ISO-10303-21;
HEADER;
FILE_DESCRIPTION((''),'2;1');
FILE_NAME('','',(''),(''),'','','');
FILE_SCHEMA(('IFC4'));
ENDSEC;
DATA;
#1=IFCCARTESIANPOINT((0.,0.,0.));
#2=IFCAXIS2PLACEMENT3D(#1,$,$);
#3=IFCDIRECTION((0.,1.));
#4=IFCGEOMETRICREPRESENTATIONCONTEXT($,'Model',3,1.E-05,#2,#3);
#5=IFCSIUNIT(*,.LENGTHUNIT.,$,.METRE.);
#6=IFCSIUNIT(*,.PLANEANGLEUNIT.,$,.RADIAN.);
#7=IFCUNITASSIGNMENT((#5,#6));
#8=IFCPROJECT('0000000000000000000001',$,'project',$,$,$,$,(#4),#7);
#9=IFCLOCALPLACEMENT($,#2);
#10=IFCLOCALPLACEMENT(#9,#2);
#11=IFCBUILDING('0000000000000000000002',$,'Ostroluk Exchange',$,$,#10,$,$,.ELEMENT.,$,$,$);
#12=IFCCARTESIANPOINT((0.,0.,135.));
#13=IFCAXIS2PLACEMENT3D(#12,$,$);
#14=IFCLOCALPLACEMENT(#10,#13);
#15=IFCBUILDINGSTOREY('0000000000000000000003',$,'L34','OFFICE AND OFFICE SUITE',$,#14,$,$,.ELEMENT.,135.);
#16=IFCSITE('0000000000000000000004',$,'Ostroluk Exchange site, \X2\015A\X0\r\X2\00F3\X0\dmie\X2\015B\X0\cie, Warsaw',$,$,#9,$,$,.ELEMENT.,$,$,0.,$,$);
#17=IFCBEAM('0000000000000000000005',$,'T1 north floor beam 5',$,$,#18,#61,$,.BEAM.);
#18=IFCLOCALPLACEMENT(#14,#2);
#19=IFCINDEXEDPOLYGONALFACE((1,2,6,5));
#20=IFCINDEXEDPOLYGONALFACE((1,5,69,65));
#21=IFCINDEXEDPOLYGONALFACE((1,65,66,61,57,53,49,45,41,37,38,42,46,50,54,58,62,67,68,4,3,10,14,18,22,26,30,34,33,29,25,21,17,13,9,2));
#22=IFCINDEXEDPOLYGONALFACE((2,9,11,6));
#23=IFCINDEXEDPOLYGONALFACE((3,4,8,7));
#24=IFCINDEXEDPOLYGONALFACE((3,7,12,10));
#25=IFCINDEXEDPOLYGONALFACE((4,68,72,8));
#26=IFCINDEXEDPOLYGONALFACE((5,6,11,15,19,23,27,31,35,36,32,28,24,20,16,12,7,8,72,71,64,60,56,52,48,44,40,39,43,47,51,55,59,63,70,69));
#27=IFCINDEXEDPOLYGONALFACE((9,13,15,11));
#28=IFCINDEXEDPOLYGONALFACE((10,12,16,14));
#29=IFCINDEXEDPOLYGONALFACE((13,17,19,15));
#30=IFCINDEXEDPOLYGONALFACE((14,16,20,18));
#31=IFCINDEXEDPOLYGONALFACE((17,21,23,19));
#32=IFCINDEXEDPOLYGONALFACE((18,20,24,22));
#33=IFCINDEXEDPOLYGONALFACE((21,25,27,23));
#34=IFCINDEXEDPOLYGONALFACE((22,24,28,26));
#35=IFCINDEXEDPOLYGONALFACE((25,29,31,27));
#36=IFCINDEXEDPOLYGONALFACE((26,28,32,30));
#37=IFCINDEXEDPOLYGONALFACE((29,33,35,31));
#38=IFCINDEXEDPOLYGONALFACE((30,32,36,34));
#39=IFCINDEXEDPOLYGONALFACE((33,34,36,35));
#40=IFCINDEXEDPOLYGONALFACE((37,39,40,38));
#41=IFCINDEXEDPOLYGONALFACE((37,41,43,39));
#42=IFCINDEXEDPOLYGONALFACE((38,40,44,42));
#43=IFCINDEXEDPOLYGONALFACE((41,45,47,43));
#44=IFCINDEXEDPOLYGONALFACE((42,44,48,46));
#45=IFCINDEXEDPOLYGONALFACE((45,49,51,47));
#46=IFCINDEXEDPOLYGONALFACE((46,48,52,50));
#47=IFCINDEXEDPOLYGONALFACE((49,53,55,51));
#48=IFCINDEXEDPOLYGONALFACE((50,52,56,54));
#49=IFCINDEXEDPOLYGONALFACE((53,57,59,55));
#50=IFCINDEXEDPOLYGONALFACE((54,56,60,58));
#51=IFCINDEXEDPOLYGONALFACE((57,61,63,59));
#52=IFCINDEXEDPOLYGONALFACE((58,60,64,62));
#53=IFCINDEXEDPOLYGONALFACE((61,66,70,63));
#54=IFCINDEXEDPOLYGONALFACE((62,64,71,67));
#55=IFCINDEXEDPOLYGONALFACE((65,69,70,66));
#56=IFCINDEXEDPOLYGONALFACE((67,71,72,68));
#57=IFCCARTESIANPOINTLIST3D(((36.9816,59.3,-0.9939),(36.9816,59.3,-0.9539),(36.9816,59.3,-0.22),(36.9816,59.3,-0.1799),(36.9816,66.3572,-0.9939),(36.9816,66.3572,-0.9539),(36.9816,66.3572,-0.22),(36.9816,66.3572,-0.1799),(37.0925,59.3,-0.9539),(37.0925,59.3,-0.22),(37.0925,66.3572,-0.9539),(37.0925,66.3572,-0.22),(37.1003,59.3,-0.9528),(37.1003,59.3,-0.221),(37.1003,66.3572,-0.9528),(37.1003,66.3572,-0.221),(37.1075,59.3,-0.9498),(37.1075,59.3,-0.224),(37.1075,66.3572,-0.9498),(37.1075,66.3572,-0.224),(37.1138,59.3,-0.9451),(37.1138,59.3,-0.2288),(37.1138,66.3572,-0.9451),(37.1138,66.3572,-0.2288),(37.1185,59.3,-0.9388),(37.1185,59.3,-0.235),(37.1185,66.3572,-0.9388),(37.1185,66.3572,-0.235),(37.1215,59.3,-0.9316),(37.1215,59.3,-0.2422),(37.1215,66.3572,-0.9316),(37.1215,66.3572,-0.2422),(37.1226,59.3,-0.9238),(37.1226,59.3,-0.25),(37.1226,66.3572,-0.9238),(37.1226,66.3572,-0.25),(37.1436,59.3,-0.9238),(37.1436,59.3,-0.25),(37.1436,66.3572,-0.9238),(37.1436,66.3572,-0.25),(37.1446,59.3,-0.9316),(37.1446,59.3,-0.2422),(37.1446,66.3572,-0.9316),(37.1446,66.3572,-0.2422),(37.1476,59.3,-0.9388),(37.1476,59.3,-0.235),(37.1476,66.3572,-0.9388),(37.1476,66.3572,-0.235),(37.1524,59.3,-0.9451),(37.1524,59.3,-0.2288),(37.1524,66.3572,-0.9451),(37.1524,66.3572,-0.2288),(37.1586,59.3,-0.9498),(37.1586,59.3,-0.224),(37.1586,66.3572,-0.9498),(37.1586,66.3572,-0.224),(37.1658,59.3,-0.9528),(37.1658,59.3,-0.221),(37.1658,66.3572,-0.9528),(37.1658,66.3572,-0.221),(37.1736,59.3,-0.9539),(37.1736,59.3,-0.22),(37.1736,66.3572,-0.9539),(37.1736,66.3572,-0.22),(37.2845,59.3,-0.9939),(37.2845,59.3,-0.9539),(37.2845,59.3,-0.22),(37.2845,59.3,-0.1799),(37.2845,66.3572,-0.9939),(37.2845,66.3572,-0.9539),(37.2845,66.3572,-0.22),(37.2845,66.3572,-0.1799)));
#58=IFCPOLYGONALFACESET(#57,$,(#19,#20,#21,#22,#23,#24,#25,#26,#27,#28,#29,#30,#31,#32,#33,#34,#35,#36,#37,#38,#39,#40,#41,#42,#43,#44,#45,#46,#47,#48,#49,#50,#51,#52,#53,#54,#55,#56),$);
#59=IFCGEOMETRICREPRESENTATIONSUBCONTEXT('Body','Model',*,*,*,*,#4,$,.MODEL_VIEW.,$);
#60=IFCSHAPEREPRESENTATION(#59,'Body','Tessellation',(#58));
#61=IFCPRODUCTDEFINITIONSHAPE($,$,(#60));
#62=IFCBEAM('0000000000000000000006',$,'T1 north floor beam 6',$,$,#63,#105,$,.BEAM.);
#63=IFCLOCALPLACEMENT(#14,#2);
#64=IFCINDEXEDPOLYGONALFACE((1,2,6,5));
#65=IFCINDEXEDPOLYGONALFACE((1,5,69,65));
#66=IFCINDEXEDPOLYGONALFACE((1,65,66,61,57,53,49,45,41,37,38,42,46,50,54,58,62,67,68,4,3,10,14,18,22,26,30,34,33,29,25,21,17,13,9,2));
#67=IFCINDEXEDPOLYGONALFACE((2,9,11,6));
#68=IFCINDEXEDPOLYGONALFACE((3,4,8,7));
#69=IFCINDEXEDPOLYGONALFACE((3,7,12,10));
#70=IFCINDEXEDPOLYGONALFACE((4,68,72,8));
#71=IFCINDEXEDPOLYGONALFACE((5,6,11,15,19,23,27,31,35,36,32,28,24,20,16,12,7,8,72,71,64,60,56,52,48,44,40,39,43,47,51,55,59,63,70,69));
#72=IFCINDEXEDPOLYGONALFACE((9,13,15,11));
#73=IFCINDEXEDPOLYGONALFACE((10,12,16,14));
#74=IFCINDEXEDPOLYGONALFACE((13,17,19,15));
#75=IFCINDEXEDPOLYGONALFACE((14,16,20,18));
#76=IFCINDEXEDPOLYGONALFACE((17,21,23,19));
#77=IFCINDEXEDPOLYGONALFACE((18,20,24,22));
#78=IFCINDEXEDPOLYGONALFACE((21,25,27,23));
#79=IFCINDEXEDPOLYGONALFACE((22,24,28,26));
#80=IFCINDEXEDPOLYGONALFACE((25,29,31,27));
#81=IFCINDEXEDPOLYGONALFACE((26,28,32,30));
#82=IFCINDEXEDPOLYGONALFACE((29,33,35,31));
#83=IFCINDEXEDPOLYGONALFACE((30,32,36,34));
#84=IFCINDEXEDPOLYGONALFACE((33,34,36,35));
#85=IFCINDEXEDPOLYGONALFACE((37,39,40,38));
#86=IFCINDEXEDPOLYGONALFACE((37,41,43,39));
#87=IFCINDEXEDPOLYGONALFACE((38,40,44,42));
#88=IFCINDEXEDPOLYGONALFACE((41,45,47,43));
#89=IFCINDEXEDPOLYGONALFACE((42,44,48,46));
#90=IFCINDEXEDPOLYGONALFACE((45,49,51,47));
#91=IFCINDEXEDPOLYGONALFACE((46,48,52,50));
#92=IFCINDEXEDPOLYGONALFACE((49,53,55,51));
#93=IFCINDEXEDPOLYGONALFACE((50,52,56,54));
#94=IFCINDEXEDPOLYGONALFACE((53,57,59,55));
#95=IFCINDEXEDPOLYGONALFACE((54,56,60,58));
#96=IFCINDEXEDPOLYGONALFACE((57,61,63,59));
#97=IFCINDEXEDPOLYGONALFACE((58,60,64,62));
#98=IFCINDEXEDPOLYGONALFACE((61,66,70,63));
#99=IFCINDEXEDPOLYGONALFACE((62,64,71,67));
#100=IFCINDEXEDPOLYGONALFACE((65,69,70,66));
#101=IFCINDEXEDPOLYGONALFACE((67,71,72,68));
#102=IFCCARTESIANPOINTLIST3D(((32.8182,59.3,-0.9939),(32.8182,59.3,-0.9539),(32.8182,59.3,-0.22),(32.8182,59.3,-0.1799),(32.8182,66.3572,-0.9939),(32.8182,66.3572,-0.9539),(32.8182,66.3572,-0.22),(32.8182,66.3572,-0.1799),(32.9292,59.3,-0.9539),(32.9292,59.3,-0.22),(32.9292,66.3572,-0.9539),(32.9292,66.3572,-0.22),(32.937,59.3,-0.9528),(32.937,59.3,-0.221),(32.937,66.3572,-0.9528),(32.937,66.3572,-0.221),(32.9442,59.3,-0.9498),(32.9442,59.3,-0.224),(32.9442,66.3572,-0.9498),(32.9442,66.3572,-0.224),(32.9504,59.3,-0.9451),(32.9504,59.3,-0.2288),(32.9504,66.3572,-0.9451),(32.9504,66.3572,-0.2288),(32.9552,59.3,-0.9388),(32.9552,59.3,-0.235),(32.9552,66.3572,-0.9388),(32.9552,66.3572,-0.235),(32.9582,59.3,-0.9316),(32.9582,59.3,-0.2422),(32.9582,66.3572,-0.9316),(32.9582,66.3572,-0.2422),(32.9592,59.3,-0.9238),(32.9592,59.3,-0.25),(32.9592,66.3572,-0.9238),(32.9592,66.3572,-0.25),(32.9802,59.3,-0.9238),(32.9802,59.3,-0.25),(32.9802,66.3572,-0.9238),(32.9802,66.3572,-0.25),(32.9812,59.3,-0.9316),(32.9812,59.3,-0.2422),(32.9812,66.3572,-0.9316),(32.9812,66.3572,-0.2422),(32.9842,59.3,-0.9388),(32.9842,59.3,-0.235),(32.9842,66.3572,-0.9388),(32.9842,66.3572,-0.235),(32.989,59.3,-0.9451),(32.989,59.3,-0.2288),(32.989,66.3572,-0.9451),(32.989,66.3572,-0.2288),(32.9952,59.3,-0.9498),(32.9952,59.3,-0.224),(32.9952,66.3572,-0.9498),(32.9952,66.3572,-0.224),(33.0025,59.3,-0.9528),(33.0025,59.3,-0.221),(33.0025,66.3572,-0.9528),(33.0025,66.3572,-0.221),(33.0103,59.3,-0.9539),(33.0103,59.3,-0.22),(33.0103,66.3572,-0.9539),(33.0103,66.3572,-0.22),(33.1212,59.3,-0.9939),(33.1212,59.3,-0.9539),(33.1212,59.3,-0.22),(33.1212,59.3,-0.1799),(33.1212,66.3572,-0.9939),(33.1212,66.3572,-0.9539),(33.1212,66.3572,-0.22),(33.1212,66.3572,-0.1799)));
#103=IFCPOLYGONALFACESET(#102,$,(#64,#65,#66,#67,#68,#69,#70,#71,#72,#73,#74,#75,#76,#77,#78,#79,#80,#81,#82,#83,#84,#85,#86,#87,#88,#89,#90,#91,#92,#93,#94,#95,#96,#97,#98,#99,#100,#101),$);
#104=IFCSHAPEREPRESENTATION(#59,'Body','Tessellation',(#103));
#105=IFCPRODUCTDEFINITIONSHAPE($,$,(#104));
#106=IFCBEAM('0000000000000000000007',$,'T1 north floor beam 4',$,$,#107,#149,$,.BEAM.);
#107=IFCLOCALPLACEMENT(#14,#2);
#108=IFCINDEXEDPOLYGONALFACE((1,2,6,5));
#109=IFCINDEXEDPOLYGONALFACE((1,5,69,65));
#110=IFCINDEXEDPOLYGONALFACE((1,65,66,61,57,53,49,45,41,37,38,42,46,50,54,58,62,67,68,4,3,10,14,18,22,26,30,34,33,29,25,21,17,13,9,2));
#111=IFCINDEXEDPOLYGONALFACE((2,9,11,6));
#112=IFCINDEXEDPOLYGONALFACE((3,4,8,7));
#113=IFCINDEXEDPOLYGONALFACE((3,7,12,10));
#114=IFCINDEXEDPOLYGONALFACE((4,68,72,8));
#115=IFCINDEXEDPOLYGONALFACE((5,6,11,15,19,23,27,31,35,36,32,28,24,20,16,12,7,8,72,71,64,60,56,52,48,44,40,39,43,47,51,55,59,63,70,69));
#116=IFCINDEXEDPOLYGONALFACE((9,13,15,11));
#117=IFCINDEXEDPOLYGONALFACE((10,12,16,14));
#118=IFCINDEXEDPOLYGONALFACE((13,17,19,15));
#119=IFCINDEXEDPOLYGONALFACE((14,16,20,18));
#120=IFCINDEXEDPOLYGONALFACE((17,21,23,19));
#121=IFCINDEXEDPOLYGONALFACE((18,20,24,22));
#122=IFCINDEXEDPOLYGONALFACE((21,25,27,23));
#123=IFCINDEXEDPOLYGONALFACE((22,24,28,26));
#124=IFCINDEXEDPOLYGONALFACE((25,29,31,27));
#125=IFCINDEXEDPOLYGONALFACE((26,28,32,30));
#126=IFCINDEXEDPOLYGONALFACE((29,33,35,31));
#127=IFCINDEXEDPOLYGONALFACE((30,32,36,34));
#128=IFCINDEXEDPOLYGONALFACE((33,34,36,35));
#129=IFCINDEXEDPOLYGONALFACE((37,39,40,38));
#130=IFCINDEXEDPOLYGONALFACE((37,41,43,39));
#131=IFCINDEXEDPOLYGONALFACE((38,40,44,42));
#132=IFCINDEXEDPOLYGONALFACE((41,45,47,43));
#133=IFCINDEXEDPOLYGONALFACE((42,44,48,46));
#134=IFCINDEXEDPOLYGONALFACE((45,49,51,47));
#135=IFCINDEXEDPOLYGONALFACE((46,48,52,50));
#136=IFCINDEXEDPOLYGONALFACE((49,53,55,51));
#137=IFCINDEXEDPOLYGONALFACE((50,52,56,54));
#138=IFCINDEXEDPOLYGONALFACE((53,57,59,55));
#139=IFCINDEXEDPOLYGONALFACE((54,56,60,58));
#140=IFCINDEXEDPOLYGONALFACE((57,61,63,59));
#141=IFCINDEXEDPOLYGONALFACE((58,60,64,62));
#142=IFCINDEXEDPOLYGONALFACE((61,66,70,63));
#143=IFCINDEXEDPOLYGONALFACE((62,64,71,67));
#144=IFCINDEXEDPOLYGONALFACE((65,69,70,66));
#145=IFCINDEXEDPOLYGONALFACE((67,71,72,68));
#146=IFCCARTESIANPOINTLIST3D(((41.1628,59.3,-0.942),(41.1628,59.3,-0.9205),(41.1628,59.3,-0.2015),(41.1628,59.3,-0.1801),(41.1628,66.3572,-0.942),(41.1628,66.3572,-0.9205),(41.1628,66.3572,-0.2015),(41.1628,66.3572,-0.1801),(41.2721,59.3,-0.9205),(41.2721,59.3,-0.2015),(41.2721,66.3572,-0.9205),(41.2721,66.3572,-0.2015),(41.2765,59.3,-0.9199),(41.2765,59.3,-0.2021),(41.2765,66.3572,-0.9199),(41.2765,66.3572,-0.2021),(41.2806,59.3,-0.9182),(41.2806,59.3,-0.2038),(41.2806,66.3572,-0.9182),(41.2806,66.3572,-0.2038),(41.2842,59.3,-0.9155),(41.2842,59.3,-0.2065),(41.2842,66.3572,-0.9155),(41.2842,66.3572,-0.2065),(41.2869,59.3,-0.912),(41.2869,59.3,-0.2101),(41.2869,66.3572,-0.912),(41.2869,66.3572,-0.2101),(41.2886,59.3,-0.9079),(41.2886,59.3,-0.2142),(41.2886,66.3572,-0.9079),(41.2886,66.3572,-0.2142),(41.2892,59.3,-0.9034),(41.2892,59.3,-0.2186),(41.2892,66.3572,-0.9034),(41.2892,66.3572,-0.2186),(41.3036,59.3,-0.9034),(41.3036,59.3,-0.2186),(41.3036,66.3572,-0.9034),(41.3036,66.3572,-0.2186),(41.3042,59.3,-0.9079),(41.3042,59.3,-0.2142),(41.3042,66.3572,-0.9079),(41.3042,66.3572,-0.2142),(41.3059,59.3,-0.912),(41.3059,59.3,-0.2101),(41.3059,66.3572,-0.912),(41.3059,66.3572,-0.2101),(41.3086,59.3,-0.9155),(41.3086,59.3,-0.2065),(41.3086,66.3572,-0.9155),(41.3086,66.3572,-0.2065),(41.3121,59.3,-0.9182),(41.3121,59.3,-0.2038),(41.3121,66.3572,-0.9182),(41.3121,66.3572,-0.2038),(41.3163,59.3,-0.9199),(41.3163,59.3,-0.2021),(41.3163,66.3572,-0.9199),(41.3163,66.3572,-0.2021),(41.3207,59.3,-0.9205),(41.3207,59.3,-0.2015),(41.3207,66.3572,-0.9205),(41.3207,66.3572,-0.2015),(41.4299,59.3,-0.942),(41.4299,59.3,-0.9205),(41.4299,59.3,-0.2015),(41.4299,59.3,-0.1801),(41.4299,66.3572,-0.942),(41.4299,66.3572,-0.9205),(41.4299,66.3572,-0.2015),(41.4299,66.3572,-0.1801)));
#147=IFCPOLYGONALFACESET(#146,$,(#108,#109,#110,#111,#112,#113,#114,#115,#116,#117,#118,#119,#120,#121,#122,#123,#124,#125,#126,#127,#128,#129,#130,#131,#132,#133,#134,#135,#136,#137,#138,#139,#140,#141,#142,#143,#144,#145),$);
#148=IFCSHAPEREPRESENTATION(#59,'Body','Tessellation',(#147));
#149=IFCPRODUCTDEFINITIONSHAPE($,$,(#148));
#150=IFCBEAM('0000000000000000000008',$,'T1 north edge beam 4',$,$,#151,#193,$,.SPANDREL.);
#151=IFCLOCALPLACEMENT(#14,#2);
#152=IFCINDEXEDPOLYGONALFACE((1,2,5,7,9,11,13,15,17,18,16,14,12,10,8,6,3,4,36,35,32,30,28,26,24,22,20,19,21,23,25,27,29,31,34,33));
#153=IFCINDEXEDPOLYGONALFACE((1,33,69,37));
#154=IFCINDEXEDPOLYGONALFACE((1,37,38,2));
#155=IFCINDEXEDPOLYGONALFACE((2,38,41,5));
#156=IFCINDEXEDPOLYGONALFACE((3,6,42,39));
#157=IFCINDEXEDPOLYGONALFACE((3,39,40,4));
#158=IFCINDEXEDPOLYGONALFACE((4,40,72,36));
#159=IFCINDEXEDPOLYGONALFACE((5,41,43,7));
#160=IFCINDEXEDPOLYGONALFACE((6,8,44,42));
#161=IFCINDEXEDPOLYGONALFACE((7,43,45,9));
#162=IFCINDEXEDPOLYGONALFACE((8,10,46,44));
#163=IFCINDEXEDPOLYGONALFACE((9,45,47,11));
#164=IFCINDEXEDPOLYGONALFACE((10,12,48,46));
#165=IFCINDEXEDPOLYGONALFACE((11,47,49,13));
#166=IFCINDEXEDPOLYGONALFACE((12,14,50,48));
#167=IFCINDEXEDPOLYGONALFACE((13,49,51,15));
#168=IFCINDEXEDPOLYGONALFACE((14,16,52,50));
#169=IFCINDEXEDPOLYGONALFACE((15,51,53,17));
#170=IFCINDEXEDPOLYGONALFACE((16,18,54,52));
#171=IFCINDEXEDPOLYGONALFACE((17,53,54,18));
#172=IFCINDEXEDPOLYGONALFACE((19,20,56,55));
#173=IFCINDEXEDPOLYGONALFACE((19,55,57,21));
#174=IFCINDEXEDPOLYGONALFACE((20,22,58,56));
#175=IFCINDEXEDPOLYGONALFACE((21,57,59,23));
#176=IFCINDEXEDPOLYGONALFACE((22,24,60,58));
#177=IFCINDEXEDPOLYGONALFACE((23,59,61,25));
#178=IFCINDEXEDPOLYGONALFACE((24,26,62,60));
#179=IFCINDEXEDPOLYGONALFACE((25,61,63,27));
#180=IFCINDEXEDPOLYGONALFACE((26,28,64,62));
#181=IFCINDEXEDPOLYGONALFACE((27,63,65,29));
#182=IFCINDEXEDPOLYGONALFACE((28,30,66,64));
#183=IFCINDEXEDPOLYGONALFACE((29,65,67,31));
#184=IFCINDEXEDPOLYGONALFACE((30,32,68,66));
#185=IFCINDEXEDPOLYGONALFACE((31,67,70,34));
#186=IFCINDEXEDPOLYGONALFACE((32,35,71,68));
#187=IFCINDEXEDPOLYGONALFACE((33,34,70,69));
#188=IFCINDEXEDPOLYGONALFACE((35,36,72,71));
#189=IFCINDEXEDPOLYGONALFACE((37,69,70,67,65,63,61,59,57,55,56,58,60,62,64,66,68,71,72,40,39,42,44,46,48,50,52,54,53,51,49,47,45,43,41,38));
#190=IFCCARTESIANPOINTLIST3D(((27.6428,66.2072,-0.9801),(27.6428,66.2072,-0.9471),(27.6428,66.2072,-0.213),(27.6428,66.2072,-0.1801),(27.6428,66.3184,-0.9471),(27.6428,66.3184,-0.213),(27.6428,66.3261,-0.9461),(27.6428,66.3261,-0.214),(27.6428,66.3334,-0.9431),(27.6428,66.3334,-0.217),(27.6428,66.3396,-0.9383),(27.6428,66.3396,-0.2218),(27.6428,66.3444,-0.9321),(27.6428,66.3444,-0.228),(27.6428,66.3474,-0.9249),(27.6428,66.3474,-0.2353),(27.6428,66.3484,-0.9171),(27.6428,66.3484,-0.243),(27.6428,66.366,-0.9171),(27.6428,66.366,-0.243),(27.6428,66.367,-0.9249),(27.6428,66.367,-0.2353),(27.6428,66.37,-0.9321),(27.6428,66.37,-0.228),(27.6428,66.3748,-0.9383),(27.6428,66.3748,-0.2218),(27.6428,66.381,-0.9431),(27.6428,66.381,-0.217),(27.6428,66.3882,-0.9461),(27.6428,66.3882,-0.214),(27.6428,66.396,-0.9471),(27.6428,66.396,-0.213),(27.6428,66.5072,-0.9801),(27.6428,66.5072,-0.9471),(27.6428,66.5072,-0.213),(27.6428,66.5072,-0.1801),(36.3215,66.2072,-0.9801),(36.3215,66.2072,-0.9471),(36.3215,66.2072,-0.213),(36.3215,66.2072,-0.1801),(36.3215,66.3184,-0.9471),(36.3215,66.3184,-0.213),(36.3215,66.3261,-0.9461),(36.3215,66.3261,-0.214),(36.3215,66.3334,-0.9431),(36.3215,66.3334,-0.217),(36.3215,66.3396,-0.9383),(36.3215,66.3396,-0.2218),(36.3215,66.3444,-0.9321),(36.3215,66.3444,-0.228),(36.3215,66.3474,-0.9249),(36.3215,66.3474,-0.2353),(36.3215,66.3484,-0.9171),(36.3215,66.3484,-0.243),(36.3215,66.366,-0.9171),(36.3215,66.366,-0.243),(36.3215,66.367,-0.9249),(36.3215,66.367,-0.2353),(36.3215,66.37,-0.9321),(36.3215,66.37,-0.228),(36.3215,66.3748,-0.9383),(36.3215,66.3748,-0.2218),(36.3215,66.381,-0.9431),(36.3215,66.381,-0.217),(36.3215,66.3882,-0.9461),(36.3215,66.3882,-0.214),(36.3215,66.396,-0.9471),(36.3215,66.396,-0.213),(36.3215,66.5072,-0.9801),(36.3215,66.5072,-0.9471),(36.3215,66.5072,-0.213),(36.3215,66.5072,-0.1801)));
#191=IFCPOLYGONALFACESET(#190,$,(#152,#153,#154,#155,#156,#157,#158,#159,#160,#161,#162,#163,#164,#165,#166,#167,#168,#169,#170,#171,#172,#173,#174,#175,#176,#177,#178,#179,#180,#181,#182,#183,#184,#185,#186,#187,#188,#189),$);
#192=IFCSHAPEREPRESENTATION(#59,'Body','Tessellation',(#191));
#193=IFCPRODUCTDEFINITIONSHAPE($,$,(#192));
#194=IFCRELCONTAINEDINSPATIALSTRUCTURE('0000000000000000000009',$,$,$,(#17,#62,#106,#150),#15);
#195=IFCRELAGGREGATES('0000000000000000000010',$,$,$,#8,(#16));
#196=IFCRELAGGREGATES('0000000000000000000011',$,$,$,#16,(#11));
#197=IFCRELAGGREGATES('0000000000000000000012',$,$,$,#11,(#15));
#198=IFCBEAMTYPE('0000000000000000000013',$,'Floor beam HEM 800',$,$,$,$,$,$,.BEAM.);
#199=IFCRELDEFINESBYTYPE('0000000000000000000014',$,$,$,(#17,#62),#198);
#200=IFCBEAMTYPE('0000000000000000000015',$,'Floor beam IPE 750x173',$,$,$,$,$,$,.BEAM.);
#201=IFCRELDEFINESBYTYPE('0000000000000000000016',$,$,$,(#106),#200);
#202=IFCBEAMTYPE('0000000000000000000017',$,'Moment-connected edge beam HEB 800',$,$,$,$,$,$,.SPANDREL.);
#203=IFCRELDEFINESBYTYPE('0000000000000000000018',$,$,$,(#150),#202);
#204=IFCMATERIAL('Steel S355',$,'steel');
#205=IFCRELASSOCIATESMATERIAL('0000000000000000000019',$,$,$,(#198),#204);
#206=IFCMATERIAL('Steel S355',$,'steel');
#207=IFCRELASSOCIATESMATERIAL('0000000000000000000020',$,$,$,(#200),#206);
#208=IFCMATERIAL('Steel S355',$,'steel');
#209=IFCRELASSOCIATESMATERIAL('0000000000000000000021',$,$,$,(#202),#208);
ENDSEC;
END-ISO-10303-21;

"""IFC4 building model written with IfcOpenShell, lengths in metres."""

from ifc_helpers import new_model, si_unit, direction, frame, origin, origin_2d, place, context, subcontext, project, spatial, i_section, extrude, material, material_profile, profile_set, type_object, element, save


model = new_model("IFC4")

# Units and contexts
model_context = context("Model", 3, precision=1e-05, world=origin(), true_north=direction((0.0, 1.0)))
body_context = subcontext(model_context, "Body", "Model", "MODEL_VIEW")
ifc_project = project(units=[si_unit("LENGTHUNIT", "METRE"), si_unit("PLANEANGLEUNIT", "RADIAN")], contexts=[model_context])

# Site, building, storey
site_placement = place(None, origin())
site = spatial("IfcSite", under=ifc_project, at=site_placement, Name="Ostroluk Exchange site, Śródmieście, Warsaw", CompositionType="ELEMENT", RefElevation=0.0)
building_placement = place(site_placement, origin())
building = spatial("IfcBuilding", under=site, at=building_placement, Name="Ostroluk Exchange", CompositionType="ELEMENT")
storey_placement = place(building_placement, frame((0.0, 0.0, 135.0)))
storey = spatial("IfcBuildingStorey", under=building, at=storey_placement, Name="L34", Description="OFFICE AND OFFICE SUITE", CompositionType="ELEMENT", Elevation=135.0)

# Beams
ifc_material_1 = material(Name="Steel S355", Category="steel")
ifc_material_profile_1 = material_profile(ifc_material_1, i_section(OverallWidth=0.303, OverallDepth=0.814, WebThickness=0.021, FlangeThickness=0.04, FilletRadius=0.03, at=origin_2d()), Name="HEM 800")
ifc_profile_set_1 = profile_set([ifc_material_profile_1], Name="Steel S355")
beam_type_1 = type_object("IfcBeamType", Name="Floor beam HEM 800", PredefinedType="BEAM", material=ifc_profile_set_1)
for number, where, z_axis, x_axis, name in (
    (1, (37.1331, 59.3, -0.5869), (0.0, 1.0, 0.0), (-1.0, 0.0, 0.0), "T1 north floor beam 5"),
    (2, (32.9697, 59.3, -0.5869), (0.0, 1.0, 0.0), (-1.0, 0.0, 0.0), "T1 north floor beam 6"),
):
    element("IfcBeam", number, at=place(storey_placement, frame(where, z_axis=z_axis, x_axis=x_axis)), inside=storey, type_object=beam_type_1, Name=name, PredefinedType="BEAM", context=body_context, shape_type="SweptSolid", body=[
        extrude(i_section(OverallWidth=0.303, OverallDepth=0.814, WebThickness=0.021, FlangeThickness=0.04, FilletRadius=0.03, at=origin_2d()), origin(), (0.0, 0.0, 1.0), 7.0571),
    ])
ifc_material_2 = material(Name="Steel S355", Category="steel")
ifc_material_profile_2 = material_profile(ifc_material_2, i_section(OverallWidth=0.2671, OverallDepth=0.762, WebThickness=0.0144, FlangeThickness=0.0215, FilletRadius=0.0171, at=origin_2d()), Name="IPE 750x173")
ifc_profile_set_2 = profile_set([ifc_material_profile_2], Name="Steel S355")
beam_type_2 = type_object("IfcBeamType", Name="Floor beam IPE 750x173", PredefinedType="BEAM", material=ifc_profile_set_2)
beam_1_placement = place(storey_placement, frame((41.2964, 59.3, -0.561), z_axis=(0.0, 1.0, 0.0), x_axis=(-1.0, 0.0, 0.0)))
element("IfcBeam", 3, at=beam_1_placement, inside=storey, type_object=beam_type_2, Name="T1 north floor beam 4", PredefinedType="BEAM", context=body_context, shape_type="SweptSolid", body=[
    extrude(i_section(OverallWidth=0.2671, OverallDepth=0.762, WebThickness=0.0144, FlangeThickness=0.0215, FilletRadius=0.0171, at=origin_2d()), origin(), (0.0, 0.0, 1.0), 7.0571),
])
ifc_material_3 = material(Name="Steel S355", Category="steel")
ifc_material_profile_3 = material_profile(ifc_material_3, i_section(OverallWidth=0.3, OverallDepth=0.8, WebThickness=0.0176, FlangeThickness=0.033, FilletRadius=0.03, at=origin_2d()), Name="HEB 800")
ifc_profile_set_3 = profile_set([ifc_material_profile_3], Name="Steel S355")
beam_type_3 = type_object("IfcBeamType", Name="Moment-connected edge beam HEB 800", PredefinedType="SPANDREL", material=ifc_profile_set_3)
beam_2_placement = place(storey_placement, frame((36.3215, 66.3572, -0.5801), z_axis=(-1.0, 0.0, 0.0), x_axis=(0.0, -1.0, 0.0)))
element("IfcBeam", 4, at=beam_2_placement, inside=storey, type_object=beam_type_3, Name="T1 north edge beam 4", PredefinedType="SPANDREL", context=body_context, shape_type="SweptSolid", body=[
    extrude(i_section(OverallWidth=0.3, OverallDepth=0.8, WebThickness=0.0176, FlangeThickness=0.033, FilletRadius=0.03, at=origin_2d()), origin(), (0.0, 0.0, 1.0), 8.6787),
])

save(model, "model.ifc")
